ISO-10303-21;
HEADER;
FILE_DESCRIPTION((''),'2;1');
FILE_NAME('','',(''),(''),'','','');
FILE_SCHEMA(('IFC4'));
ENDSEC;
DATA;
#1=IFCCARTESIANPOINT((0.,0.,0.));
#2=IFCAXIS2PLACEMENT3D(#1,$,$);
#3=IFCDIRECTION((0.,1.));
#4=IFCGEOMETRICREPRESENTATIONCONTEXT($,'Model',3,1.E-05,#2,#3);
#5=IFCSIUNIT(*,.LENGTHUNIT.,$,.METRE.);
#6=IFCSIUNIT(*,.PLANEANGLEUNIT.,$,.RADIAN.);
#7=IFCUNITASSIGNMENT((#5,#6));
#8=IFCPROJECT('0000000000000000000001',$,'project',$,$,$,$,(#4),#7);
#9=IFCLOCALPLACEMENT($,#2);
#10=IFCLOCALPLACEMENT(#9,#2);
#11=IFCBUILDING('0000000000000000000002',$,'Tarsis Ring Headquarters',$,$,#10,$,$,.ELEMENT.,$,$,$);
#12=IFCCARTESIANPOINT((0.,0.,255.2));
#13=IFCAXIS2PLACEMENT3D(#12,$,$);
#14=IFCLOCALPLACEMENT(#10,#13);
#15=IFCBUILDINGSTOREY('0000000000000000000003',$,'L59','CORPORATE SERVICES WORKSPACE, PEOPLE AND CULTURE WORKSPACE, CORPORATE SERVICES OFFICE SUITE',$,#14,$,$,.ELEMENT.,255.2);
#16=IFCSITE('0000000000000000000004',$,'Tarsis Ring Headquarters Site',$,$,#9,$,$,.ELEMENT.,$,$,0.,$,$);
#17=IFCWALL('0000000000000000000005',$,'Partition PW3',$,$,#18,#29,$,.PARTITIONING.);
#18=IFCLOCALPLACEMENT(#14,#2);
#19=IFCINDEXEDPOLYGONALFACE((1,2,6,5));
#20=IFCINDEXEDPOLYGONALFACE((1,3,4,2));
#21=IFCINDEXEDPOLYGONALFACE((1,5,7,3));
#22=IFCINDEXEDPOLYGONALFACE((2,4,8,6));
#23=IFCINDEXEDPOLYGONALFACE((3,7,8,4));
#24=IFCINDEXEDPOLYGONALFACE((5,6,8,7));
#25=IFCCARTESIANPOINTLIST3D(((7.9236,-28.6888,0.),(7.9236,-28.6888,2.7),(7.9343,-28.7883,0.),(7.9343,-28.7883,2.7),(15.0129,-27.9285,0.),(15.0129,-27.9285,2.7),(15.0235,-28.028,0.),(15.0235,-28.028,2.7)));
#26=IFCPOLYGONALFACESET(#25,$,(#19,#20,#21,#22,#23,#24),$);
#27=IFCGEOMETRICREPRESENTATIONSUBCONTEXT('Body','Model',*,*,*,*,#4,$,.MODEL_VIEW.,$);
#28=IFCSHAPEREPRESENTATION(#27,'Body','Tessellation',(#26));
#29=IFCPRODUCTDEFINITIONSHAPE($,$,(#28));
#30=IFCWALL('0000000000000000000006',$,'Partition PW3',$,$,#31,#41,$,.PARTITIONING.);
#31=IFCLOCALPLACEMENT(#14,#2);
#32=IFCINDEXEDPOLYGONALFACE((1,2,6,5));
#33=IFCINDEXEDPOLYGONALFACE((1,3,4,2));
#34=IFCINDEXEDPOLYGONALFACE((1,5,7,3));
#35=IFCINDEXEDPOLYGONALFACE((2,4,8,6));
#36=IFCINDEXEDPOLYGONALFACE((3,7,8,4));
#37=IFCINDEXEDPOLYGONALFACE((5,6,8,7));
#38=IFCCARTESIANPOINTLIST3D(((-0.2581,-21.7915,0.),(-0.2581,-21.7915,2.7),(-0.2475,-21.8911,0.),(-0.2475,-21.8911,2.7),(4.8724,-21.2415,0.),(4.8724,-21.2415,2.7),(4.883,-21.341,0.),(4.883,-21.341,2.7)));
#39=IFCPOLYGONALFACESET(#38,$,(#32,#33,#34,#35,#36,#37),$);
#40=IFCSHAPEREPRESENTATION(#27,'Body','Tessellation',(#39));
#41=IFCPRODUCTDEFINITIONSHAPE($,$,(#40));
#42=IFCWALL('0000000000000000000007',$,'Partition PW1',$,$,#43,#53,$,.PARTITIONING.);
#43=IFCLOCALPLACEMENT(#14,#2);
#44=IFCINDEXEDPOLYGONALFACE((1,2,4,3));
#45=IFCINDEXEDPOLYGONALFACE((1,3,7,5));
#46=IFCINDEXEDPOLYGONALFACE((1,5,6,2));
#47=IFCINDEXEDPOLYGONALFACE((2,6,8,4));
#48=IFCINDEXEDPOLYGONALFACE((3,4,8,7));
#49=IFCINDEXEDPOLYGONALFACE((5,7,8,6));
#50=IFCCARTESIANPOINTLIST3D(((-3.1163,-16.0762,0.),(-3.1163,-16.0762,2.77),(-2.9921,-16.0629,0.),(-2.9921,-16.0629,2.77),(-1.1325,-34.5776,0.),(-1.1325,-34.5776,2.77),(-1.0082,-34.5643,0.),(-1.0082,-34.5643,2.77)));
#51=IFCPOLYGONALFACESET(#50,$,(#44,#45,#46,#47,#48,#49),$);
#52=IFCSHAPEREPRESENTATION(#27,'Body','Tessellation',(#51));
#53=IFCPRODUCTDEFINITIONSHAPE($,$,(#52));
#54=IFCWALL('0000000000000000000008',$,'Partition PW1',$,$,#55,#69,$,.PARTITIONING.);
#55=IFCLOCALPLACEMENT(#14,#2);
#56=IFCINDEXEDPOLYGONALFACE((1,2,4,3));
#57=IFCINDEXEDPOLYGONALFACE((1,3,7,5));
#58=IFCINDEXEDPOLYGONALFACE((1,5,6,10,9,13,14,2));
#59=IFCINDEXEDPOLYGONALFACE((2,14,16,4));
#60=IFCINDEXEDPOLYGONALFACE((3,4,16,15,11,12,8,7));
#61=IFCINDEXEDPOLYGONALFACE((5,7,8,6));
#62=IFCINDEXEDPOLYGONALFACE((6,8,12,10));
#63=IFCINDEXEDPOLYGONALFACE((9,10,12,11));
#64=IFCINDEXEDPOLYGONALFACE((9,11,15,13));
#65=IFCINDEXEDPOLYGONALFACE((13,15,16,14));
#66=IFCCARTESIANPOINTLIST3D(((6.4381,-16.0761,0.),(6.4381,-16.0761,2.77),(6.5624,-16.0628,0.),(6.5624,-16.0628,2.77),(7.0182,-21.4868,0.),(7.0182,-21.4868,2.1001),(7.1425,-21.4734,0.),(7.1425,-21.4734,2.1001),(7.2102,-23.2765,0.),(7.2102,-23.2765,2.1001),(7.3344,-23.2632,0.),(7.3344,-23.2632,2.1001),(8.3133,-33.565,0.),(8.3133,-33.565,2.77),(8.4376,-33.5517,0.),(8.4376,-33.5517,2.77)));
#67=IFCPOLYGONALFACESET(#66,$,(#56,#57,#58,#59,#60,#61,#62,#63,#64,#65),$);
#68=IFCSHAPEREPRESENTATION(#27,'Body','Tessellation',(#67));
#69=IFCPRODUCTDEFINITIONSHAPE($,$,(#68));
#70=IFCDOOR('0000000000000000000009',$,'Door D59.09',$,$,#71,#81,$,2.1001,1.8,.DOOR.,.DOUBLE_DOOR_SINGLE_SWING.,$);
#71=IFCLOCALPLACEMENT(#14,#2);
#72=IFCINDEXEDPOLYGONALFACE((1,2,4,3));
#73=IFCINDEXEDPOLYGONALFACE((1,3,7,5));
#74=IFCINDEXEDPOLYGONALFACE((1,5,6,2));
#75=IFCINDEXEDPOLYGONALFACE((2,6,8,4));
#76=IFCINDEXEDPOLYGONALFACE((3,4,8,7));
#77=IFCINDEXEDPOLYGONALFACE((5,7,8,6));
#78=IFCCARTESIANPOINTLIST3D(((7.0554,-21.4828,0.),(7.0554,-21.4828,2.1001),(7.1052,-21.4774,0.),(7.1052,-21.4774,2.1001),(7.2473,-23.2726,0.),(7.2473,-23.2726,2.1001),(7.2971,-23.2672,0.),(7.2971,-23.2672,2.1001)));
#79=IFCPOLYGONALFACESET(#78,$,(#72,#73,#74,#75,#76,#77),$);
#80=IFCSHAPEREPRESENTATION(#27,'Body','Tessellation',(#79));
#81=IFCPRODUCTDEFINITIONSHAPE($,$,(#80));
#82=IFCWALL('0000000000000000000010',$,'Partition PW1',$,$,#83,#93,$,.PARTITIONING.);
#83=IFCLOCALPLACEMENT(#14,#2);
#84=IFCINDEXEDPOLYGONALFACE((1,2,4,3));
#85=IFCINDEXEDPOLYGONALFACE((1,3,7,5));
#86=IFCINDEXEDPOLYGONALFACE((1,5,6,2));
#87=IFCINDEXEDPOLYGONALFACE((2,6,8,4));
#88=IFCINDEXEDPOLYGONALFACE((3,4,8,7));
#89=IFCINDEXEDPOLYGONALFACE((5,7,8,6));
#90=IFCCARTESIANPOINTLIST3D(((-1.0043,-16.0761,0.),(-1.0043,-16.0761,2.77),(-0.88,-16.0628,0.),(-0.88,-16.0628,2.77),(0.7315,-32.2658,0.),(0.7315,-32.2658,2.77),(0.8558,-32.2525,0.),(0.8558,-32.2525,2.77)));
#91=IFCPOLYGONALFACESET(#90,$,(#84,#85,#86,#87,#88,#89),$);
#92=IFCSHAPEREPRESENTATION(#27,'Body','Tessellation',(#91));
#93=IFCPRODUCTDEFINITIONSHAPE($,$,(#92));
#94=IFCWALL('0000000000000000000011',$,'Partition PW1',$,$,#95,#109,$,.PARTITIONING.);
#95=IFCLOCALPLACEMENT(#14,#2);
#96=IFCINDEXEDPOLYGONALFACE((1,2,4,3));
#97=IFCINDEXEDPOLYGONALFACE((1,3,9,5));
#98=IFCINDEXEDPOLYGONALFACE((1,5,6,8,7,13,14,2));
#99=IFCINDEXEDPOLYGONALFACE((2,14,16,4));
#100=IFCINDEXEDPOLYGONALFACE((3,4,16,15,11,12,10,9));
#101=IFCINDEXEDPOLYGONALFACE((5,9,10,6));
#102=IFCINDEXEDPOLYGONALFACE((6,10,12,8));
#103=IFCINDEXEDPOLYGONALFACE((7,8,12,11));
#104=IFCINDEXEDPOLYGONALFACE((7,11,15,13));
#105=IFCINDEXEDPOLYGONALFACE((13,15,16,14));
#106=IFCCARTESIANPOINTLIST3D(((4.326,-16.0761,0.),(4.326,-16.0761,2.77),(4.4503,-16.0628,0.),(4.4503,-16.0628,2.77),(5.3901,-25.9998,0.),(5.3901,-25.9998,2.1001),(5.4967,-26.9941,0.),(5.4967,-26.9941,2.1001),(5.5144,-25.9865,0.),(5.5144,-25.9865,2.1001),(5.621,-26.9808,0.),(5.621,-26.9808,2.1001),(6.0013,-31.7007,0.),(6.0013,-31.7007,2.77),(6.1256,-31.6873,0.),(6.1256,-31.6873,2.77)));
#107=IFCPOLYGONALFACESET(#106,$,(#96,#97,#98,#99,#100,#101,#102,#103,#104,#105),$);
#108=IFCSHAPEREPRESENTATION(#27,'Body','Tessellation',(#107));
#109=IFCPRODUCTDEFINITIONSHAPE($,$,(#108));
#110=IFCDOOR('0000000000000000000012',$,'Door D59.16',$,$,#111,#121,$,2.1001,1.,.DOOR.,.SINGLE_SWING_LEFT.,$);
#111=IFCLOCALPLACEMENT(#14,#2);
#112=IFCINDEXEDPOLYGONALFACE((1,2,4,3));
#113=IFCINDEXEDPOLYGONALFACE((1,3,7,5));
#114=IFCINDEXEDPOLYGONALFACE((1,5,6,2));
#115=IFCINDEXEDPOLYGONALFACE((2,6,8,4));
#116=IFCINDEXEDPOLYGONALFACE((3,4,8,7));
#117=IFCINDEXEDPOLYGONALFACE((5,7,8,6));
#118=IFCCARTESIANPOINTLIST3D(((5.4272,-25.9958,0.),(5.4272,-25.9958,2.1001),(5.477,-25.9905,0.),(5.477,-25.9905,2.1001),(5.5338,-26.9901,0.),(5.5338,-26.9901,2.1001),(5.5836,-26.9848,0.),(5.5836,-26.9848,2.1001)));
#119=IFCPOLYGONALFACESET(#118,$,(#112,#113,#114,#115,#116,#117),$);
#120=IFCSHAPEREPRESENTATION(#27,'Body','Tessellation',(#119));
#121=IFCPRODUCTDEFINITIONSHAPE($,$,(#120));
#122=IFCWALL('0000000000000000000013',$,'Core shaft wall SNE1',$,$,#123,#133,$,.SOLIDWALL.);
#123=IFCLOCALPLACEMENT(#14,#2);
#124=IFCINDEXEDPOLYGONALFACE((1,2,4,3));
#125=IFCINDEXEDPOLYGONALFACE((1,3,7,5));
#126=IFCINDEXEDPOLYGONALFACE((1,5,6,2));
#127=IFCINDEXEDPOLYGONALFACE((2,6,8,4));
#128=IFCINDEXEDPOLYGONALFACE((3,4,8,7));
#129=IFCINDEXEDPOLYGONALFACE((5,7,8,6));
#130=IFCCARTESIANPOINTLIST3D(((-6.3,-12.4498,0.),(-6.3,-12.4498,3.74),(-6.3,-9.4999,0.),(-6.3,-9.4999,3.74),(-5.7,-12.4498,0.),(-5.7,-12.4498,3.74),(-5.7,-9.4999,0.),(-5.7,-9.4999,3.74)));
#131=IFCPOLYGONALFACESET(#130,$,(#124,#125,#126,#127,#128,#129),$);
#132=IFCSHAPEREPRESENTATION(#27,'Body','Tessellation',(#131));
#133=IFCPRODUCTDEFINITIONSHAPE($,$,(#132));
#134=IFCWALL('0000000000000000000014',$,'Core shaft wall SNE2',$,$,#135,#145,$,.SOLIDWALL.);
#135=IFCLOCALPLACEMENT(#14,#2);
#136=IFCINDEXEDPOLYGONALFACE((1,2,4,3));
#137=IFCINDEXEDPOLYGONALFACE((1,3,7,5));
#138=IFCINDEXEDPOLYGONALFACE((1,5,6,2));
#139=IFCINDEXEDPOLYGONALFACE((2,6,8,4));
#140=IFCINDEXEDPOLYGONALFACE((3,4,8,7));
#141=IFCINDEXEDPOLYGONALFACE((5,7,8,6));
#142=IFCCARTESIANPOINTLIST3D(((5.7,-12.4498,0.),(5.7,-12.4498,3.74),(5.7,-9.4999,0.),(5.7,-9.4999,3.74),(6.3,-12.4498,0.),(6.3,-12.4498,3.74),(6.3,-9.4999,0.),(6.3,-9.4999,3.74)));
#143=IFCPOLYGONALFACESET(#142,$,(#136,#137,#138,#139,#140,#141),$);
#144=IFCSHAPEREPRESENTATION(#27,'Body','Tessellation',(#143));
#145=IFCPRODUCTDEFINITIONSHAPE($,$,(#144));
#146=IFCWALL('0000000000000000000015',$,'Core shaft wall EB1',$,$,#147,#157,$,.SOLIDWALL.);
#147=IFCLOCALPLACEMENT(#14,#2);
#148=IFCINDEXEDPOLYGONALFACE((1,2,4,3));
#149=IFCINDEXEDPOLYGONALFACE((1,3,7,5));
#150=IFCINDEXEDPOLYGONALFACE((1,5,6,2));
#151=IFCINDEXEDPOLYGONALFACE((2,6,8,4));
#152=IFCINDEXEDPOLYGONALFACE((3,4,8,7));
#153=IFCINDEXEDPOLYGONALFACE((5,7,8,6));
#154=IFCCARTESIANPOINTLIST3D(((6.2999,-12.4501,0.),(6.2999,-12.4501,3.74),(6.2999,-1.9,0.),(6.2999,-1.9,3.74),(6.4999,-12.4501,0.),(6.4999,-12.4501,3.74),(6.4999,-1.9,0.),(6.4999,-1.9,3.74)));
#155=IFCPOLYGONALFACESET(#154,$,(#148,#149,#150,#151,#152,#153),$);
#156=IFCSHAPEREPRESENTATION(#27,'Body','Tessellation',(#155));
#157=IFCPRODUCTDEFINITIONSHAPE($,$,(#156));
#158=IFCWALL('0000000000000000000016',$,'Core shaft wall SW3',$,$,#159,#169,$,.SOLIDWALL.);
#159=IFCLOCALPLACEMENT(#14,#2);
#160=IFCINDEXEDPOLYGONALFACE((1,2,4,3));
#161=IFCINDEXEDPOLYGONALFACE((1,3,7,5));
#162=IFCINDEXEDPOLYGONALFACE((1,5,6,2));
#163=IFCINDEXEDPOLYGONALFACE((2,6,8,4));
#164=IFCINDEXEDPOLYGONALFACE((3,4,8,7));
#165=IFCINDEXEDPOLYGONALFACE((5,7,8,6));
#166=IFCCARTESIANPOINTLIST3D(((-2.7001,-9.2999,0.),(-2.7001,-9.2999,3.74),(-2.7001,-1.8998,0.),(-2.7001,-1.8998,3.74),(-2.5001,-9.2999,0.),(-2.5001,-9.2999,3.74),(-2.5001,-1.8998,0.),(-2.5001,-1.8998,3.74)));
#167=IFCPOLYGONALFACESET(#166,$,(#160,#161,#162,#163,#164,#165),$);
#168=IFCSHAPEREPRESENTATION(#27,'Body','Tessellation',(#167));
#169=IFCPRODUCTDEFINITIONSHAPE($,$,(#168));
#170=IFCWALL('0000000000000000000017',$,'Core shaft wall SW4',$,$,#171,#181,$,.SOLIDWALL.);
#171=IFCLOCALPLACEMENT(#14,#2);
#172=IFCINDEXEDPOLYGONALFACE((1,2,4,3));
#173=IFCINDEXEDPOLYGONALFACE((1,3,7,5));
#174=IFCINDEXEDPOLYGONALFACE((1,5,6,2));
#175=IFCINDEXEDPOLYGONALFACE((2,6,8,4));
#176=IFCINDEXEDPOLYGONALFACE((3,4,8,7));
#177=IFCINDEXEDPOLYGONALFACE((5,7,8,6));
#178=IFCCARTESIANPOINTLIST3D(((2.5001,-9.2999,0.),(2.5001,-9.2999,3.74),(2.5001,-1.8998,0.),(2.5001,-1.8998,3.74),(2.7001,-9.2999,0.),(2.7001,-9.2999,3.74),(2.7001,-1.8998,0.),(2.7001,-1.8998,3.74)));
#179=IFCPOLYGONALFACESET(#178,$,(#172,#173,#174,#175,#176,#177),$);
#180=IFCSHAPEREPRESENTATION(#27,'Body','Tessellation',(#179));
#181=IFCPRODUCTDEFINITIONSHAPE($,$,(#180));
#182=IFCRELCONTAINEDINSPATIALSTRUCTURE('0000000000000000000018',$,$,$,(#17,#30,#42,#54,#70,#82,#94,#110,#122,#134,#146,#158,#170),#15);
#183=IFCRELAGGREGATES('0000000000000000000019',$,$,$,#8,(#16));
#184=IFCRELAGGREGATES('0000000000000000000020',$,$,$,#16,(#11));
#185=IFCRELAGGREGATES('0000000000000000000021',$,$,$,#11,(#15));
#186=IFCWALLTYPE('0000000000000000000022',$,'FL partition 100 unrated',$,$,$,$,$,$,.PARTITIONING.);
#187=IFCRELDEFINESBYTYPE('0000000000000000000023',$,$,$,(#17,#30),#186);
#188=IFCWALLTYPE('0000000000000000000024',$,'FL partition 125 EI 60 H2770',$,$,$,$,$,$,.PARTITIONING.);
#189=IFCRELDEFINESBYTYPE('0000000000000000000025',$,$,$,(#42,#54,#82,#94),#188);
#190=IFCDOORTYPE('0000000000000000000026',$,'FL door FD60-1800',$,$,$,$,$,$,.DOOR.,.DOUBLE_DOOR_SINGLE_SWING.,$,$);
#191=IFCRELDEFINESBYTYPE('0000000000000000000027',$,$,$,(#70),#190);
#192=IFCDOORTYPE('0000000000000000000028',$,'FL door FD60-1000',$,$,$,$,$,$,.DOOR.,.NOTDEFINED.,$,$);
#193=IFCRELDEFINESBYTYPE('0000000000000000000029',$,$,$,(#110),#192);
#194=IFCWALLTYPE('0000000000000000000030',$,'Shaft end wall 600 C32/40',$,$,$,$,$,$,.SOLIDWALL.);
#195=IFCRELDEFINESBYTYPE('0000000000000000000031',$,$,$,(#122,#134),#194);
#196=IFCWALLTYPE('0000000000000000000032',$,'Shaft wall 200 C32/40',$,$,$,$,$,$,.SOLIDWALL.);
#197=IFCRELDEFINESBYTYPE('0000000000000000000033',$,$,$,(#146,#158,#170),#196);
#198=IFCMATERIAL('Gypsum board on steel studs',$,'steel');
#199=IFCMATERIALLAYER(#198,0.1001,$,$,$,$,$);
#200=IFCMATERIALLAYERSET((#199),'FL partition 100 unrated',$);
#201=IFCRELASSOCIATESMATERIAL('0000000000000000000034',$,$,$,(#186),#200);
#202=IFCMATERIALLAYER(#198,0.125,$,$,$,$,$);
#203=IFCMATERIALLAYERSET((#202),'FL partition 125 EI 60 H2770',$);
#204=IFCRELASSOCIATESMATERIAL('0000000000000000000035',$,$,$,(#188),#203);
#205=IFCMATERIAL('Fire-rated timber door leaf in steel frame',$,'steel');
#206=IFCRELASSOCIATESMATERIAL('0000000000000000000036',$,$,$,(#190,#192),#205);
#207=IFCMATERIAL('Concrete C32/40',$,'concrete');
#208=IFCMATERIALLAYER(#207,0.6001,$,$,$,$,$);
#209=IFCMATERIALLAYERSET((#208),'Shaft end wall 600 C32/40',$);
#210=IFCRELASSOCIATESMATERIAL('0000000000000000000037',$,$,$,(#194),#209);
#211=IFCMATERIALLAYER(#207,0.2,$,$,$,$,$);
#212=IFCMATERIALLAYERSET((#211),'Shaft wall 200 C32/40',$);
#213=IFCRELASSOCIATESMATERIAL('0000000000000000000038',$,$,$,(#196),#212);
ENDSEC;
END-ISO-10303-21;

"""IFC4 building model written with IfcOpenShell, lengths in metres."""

from ifc_helpers import new_model, si_unit, direction, frame, frame_2d, origin, place, context, subcontext, project, spatial, rectangle, extrude, material, layer, layer_set, type_object, element, fill, save


model = new_model("IFC4")

# Units and contexts
model_context = context("Model", 3, precision=1e-05, world=origin(), true_north=direction((0.0, 1.0)))
body_context = subcontext(model_context, "Body", "Model", "MODEL_VIEW")
ifc_project = project(units=[si_unit("LENGTHUNIT", "METRE"), si_unit("PLANEANGLEUNIT", "RADIAN")], contexts=[model_context])

# Site, building, storey
site_placement = place(None, origin())
site = spatial("IfcSite", under=ifc_project, at=site_placement, Name="Tarsis Ring Headquarters Site", CompositionType="ELEMENT", RefElevation=0.0)
building_placement = place(site_placement, origin())
building = spatial("IfcBuilding", under=site, at=building_placement, Name="Tarsis Ring Headquarters", CompositionType="ELEMENT")
storey_placement = place(building_placement, frame((0.0, 0.0, 255.2)))
storey = spatial("IfcBuildingStorey", under=building, at=storey_placement, Name="L59", Description="CORPORATE SERVICES WORKSPACE, PEOPLE AND CULTURE WORKSPACE, CORPORATE SERVICES OFFICE SUITE", CompositionType="ELEMENT", Elevation=255.2)

# Walls
ifc_material_1 = material(Name="Gypsum board on steel studs", Category="steel")
ifc_layer_1 = layer(ifc_material_1, 0.1001)
ifc_layer_set_1 = layer_set([ifc_layer_1], Name="FL partition 100 unrated")
wall_type_1 = type_object("IfcWallType", Name="FL partition 100 unrated", PredefinedType="PARTITIONING", material=ifc_layer_set_1)
wall_1_placement = place(storey_placement, frame((7.929, -28.7385, 0.0), z_axis=(0.0, 0.0, 1.0), x_axis=(0.994299, 0.106627, 0.0)))
element("IfcWall", 1, at=wall_1_placement, inside=storey, type_object=wall_type_1, Name="Partition PW3", PredefinedType="PARTITIONING", context=body_context, shape_type="SweptSolid", body=[
    extrude(rectangle(XDim=7.1299, YDim=0.1001, at=frame_2d((3.5649, 0.0))), origin(), (0.0, 0.0, 1.0), 2.7),
])
wall_2_placement = place(storey_placement, frame((-0.2529, -21.8413, 0.0), z_axis=(0.0, 0.0, 1.0), x_axis=(0.994302, 0.106598, 0.0)))
element("IfcWall", 2, at=wall_2_placement, inside=storey, type_object=wall_type_1, Name="Partition PW3", PredefinedType="PARTITIONING", context=body_context, shape_type="SweptSolid", body=[
    extrude(rectangle(XDim=5.1599, YDim=0.1001, at=frame_2d((2.5801, 0.0))), origin(), (0.0, 0.0, 1.0), 2.7),
])
ifc_layer_2 = layer(ifc_material_1, 0.125)
ifc_layer_set_2 = layer_set([ifc_layer_2], Name="FL partition 125 EI 60 H2770")
wall_type_2 = type_object("IfcWallType", Name="FL partition 125 EI 60 H2770", PredefinedType="PARTITIONING", material=ifc_layer_set_2)
wall_3_placement = place(storey_placement, frame((-3.0542, -16.0696, 0.0), z_axis=(0.0, 0.0, 1.0), x_axis=(0.106617, -0.9943, 0.0)))
element("IfcWall", 3, at=wall_3_placement, inside=storey, type_object=wall_type_2, Name="Partition PW1", PredefinedType="PARTITIONING", context=body_context, shape_type="SweptSolid", body=[
    extrude(rectangle(XDim=18.6074, YDim=0.125, at=frame_2d((9.3037, 0.0))), origin(), (0.0, 0.0, 1.0), 2.77),
])

# Wall, opening, door
wall_4_placement = place(storey_placement, frame((6.5002, -16.0696, 0.0), z_axis=(0.0, 0.0, 1.0), x_axis=(0.106614, -0.9943, 0.0)))
wall_4 = element("IfcWall", 4, at=wall_4_placement, inside=storey, type_object=wall_type_2, Name="Partition PW1", PredefinedType="PARTITIONING", context=body_context, shape_type="SweptSolid", body=[
    extrude(rectangle(XDim=17.5891, YDim=0.125, at=frame_2d((8.7944, 0.0))), origin(), (0.0, 0.0, 1.0), 2.77),
])
opening_1_placement = place(wall_4_placement, frame((5.4417, 0.0, 0.0)))
opening_1 = element("IfcOpeningElement", 5, at=opening_1_placement, cuts=wall_4, PredefinedType="OPENING", context=body_context, shape_type="SweptSolid", body=[
    extrude(rectangle(XDim=1.8, YDim=2.1001, at=frame_2d((0.8999, 1.05))), frame((0.0, 0.0725, 0.0), z_axis=(0.0, -1.0, 0.0), x_axis=(1.0, 0.0, 0.0)), (0.0, 0.0, 1.0), 0.145),
])
ifc_material_2 = material(Name="Fire-rated timber door leaf in steel frame", Category="steel")
door_type_1 = type_object("IfcDoorType", Name="FL door FD60-1800", OperationType="DOUBLE_DOOR_SINGLE_SWING", PredefinedType="DOOR", material=ifc_material_2)
door_1_placement = place(opening_1_placement, origin())
door_1 = element("IfcDoor", 6, at=door_1_placement, inside=storey, type_object=door_type_1, Name="Door D59.09", OperationType="DOUBLE_DOOR_SINGLE_SWING", OverallHeight=2.1001, OverallWidth=1.8, PredefinedType="DOOR", context=body_context, shape_type="SweptSolid", body=[
    extrude(rectangle(XDim=1.8, YDim=2.1001, at=frame_2d((0.8999, 1.05))), frame((0.0, 0.0249, 0.0), z_axis=(0.0, -1.0, 0.0), x_axis=(1.0, 0.0, 0.0)), (0.0, 0.0, 1.0), 0.05),
])
fill(opening_1, door_1)

# Wall
wall_5_placement = place(storey_placement, frame((-0.9421, -16.0696, 0.0), z_axis=(0.0, 0.0, 1.0), x_axis=(0.106608, -0.994301, 0.0)))
element("IfcWall", 7, at=wall_5_placement, inside=storey, type_object=wall_type_2, Name="Partition PW1", PredefinedType="PARTITIONING", context=body_context, shape_type="SweptSolid", body=[
    extrude(rectangle(XDim=16.2825, YDim=0.125, at=frame_2d((8.1411, 0.0))), origin(), (0.0, 0.0, 1.0), 2.77),
])

# Wall, opening, door
wall_6_placement = place(storey_placement, frame((4.3882, -16.0696, 0.0), z_axis=(0.0, 0.0, 1.0), x_axis=(0.106611, -0.994301, 0.0)))
wall_6 = element("IfcWall", 8, at=wall_6_placement, inside=storey, type_object=wall_type_2, Name="Partition PW1", PredefinedType="PARTITIONING", context=body_context, shape_type="SweptSolid", body=[
    extrude(rectangle(XDim=15.7141, YDim=0.125, at=frame_2d((7.8569, 0.0))), origin(), (0.0, 0.0, 1.0), 2.77),
])
opening_2_placement = place(wall_6_placement, frame((9.9805, 0.0, 0.0)))
opening_2 = element("IfcOpeningElement", 9, at=opening_2_placement, cuts=wall_6, PredefinedType="OPENING", context=body_context, shape_type="SweptSolid", body=[
    extrude(rectangle(XDim=1.0, YDim=2.1001, at=frame_2d((0.5, 1.05))), frame((0.0, 0.0725, 0.0), z_axis=(0.0, -1.0, 0.0), x_axis=(1.0, 0.0, 0.0)), (0.0, 0.0, 1.0), 0.145),
])
door_type_2 = type_object("IfcDoorType", Name="FL door FD60-1000", OperationType="NOTDEFINED", PredefinedType="DOOR", material=ifc_material_2)
door_2_placement = place(opening_2_placement, origin())
door_2 = element("IfcDoor", 10, at=door_2_placement, inside=storey, type_object=door_type_2, Name="Door D59.16", OperationType="SINGLE_SWING_LEFT", OverallHeight=2.1001, OverallWidth=1.0, PredefinedType="DOOR", context=body_context, shape_type="SweptSolid", body=[
    extrude(rectangle(XDim=1.0, YDim=2.1001, at=frame_2d((0.5, 1.05))), frame((0.0, 0.0249, 0.0), z_axis=(0.0, -1.0, 0.0), x_axis=(1.0, 0.0, 0.0)), (0.0, 0.0, 1.0), 0.05),
])
fill(opening_2, door_2)

# Walls
ifc_material_3 = material(Name="Concrete C32/40", Category="concrete")
ifc_layer_3 = layer(ifc_material_3, 0.6001)
ifc_layer_set_3 = layer_set([ifc_layer_3], Name="Shaft end wall 600 C32/40")
wall_type_3 = type_object("IfcWallType", Name="Shaft end wall 600 C32/40", PredefinedType="SOLIDWALL", material=ifc_layer_set_3)
for number, where, z_axis, x_axis, name in (
    (11, (-6.0, -12.45, 0.0), (0.0, 0.0, 1.0), (0.0, 1.0, 0.0), "Core shaft wall SNE1"),
    (12, (6.0, -12.45, 0.0), (0.0, 0.0, 1.0), (0.0, 1.0, 0.0), "Core shaft wall SNE2"),
):
    element("IfcWall", number, at=place(storey_placement, frame(where, z_axis=z_axis, x_axis=x_axis)), inside=storey, type_object=wall_type_3, Name=name, PredefinedType="SOLIDWALL", context=body_context, shape_type="SweptSolid", body=[
        extrude(rectangle(XDim=2.95, YDim=0.6001, at=frame_2d((1.4751, 0.0))), origin(), (0.0, 0.0, 1.0), 3.74),
    ])
ifc_layer_4 = layer(ifc_material_3, 0.2)
ifc_layer_set_4 = layer_set([ifc_layer_4], Name="Shaft wall 200 C32/40")
wall_type_4 = type_object("IfcWallType", Name="Shaft wall 200 C32/40", PredefinedType="SOLIDWALL", material=ifc_layer_set_4)
wall_7_placement = place(storey_placement, frame((6.3999, -12.45, 0.0), z_axis=(0.0, 0.0, 1.0), x_axis=(0.0, 1.0, 0.0)))
element("IfcWall", 13, at=wall_7_placement, inside=storey, type_object=wall_type_4, Name="Core shaft wall EB1", PredefinedType="SOLIDWALL", context=body_context, shape_type="SweptSolid", body=[
    extrude(rectangle(XDim=10.55, YDim=0.2, at=frame_2d((5.2749, 0.0))), origin(), (0.0, 0.0, 1.0), 3.74),
])
for number, where, z_axis, x_axis, name in (
    (14, (-2.6001, -9.3, 0.0), (0.0, 0.0, 1.0), (0.0, 1.0, 0.0), "Core shaft wall SW3"),
    (15, (2.6001, -9.3, 0.0), (0.0, 0.0, 1.0), (0.0, 1.0, 0.0), "Core shaft wall SW4"),
):
    element("IfcWall", number, at=place(storey_placement, frame(where, z_axis=z_axis, x_axis=x_axis)), inside=storey, type_object=wall_type_4, Name=name, PredefinedType="SOLIDWALL", context=body_context, shape_type="SweptSolid", body=[
        extrude(rectangle(XDim=7.4001, YDim=0.2, at=frame_2d((3.7002, 0.0))), origin(), (0.0, 0.0, 1.0), 3.74),
    ])

save(model, "model.ifc")
